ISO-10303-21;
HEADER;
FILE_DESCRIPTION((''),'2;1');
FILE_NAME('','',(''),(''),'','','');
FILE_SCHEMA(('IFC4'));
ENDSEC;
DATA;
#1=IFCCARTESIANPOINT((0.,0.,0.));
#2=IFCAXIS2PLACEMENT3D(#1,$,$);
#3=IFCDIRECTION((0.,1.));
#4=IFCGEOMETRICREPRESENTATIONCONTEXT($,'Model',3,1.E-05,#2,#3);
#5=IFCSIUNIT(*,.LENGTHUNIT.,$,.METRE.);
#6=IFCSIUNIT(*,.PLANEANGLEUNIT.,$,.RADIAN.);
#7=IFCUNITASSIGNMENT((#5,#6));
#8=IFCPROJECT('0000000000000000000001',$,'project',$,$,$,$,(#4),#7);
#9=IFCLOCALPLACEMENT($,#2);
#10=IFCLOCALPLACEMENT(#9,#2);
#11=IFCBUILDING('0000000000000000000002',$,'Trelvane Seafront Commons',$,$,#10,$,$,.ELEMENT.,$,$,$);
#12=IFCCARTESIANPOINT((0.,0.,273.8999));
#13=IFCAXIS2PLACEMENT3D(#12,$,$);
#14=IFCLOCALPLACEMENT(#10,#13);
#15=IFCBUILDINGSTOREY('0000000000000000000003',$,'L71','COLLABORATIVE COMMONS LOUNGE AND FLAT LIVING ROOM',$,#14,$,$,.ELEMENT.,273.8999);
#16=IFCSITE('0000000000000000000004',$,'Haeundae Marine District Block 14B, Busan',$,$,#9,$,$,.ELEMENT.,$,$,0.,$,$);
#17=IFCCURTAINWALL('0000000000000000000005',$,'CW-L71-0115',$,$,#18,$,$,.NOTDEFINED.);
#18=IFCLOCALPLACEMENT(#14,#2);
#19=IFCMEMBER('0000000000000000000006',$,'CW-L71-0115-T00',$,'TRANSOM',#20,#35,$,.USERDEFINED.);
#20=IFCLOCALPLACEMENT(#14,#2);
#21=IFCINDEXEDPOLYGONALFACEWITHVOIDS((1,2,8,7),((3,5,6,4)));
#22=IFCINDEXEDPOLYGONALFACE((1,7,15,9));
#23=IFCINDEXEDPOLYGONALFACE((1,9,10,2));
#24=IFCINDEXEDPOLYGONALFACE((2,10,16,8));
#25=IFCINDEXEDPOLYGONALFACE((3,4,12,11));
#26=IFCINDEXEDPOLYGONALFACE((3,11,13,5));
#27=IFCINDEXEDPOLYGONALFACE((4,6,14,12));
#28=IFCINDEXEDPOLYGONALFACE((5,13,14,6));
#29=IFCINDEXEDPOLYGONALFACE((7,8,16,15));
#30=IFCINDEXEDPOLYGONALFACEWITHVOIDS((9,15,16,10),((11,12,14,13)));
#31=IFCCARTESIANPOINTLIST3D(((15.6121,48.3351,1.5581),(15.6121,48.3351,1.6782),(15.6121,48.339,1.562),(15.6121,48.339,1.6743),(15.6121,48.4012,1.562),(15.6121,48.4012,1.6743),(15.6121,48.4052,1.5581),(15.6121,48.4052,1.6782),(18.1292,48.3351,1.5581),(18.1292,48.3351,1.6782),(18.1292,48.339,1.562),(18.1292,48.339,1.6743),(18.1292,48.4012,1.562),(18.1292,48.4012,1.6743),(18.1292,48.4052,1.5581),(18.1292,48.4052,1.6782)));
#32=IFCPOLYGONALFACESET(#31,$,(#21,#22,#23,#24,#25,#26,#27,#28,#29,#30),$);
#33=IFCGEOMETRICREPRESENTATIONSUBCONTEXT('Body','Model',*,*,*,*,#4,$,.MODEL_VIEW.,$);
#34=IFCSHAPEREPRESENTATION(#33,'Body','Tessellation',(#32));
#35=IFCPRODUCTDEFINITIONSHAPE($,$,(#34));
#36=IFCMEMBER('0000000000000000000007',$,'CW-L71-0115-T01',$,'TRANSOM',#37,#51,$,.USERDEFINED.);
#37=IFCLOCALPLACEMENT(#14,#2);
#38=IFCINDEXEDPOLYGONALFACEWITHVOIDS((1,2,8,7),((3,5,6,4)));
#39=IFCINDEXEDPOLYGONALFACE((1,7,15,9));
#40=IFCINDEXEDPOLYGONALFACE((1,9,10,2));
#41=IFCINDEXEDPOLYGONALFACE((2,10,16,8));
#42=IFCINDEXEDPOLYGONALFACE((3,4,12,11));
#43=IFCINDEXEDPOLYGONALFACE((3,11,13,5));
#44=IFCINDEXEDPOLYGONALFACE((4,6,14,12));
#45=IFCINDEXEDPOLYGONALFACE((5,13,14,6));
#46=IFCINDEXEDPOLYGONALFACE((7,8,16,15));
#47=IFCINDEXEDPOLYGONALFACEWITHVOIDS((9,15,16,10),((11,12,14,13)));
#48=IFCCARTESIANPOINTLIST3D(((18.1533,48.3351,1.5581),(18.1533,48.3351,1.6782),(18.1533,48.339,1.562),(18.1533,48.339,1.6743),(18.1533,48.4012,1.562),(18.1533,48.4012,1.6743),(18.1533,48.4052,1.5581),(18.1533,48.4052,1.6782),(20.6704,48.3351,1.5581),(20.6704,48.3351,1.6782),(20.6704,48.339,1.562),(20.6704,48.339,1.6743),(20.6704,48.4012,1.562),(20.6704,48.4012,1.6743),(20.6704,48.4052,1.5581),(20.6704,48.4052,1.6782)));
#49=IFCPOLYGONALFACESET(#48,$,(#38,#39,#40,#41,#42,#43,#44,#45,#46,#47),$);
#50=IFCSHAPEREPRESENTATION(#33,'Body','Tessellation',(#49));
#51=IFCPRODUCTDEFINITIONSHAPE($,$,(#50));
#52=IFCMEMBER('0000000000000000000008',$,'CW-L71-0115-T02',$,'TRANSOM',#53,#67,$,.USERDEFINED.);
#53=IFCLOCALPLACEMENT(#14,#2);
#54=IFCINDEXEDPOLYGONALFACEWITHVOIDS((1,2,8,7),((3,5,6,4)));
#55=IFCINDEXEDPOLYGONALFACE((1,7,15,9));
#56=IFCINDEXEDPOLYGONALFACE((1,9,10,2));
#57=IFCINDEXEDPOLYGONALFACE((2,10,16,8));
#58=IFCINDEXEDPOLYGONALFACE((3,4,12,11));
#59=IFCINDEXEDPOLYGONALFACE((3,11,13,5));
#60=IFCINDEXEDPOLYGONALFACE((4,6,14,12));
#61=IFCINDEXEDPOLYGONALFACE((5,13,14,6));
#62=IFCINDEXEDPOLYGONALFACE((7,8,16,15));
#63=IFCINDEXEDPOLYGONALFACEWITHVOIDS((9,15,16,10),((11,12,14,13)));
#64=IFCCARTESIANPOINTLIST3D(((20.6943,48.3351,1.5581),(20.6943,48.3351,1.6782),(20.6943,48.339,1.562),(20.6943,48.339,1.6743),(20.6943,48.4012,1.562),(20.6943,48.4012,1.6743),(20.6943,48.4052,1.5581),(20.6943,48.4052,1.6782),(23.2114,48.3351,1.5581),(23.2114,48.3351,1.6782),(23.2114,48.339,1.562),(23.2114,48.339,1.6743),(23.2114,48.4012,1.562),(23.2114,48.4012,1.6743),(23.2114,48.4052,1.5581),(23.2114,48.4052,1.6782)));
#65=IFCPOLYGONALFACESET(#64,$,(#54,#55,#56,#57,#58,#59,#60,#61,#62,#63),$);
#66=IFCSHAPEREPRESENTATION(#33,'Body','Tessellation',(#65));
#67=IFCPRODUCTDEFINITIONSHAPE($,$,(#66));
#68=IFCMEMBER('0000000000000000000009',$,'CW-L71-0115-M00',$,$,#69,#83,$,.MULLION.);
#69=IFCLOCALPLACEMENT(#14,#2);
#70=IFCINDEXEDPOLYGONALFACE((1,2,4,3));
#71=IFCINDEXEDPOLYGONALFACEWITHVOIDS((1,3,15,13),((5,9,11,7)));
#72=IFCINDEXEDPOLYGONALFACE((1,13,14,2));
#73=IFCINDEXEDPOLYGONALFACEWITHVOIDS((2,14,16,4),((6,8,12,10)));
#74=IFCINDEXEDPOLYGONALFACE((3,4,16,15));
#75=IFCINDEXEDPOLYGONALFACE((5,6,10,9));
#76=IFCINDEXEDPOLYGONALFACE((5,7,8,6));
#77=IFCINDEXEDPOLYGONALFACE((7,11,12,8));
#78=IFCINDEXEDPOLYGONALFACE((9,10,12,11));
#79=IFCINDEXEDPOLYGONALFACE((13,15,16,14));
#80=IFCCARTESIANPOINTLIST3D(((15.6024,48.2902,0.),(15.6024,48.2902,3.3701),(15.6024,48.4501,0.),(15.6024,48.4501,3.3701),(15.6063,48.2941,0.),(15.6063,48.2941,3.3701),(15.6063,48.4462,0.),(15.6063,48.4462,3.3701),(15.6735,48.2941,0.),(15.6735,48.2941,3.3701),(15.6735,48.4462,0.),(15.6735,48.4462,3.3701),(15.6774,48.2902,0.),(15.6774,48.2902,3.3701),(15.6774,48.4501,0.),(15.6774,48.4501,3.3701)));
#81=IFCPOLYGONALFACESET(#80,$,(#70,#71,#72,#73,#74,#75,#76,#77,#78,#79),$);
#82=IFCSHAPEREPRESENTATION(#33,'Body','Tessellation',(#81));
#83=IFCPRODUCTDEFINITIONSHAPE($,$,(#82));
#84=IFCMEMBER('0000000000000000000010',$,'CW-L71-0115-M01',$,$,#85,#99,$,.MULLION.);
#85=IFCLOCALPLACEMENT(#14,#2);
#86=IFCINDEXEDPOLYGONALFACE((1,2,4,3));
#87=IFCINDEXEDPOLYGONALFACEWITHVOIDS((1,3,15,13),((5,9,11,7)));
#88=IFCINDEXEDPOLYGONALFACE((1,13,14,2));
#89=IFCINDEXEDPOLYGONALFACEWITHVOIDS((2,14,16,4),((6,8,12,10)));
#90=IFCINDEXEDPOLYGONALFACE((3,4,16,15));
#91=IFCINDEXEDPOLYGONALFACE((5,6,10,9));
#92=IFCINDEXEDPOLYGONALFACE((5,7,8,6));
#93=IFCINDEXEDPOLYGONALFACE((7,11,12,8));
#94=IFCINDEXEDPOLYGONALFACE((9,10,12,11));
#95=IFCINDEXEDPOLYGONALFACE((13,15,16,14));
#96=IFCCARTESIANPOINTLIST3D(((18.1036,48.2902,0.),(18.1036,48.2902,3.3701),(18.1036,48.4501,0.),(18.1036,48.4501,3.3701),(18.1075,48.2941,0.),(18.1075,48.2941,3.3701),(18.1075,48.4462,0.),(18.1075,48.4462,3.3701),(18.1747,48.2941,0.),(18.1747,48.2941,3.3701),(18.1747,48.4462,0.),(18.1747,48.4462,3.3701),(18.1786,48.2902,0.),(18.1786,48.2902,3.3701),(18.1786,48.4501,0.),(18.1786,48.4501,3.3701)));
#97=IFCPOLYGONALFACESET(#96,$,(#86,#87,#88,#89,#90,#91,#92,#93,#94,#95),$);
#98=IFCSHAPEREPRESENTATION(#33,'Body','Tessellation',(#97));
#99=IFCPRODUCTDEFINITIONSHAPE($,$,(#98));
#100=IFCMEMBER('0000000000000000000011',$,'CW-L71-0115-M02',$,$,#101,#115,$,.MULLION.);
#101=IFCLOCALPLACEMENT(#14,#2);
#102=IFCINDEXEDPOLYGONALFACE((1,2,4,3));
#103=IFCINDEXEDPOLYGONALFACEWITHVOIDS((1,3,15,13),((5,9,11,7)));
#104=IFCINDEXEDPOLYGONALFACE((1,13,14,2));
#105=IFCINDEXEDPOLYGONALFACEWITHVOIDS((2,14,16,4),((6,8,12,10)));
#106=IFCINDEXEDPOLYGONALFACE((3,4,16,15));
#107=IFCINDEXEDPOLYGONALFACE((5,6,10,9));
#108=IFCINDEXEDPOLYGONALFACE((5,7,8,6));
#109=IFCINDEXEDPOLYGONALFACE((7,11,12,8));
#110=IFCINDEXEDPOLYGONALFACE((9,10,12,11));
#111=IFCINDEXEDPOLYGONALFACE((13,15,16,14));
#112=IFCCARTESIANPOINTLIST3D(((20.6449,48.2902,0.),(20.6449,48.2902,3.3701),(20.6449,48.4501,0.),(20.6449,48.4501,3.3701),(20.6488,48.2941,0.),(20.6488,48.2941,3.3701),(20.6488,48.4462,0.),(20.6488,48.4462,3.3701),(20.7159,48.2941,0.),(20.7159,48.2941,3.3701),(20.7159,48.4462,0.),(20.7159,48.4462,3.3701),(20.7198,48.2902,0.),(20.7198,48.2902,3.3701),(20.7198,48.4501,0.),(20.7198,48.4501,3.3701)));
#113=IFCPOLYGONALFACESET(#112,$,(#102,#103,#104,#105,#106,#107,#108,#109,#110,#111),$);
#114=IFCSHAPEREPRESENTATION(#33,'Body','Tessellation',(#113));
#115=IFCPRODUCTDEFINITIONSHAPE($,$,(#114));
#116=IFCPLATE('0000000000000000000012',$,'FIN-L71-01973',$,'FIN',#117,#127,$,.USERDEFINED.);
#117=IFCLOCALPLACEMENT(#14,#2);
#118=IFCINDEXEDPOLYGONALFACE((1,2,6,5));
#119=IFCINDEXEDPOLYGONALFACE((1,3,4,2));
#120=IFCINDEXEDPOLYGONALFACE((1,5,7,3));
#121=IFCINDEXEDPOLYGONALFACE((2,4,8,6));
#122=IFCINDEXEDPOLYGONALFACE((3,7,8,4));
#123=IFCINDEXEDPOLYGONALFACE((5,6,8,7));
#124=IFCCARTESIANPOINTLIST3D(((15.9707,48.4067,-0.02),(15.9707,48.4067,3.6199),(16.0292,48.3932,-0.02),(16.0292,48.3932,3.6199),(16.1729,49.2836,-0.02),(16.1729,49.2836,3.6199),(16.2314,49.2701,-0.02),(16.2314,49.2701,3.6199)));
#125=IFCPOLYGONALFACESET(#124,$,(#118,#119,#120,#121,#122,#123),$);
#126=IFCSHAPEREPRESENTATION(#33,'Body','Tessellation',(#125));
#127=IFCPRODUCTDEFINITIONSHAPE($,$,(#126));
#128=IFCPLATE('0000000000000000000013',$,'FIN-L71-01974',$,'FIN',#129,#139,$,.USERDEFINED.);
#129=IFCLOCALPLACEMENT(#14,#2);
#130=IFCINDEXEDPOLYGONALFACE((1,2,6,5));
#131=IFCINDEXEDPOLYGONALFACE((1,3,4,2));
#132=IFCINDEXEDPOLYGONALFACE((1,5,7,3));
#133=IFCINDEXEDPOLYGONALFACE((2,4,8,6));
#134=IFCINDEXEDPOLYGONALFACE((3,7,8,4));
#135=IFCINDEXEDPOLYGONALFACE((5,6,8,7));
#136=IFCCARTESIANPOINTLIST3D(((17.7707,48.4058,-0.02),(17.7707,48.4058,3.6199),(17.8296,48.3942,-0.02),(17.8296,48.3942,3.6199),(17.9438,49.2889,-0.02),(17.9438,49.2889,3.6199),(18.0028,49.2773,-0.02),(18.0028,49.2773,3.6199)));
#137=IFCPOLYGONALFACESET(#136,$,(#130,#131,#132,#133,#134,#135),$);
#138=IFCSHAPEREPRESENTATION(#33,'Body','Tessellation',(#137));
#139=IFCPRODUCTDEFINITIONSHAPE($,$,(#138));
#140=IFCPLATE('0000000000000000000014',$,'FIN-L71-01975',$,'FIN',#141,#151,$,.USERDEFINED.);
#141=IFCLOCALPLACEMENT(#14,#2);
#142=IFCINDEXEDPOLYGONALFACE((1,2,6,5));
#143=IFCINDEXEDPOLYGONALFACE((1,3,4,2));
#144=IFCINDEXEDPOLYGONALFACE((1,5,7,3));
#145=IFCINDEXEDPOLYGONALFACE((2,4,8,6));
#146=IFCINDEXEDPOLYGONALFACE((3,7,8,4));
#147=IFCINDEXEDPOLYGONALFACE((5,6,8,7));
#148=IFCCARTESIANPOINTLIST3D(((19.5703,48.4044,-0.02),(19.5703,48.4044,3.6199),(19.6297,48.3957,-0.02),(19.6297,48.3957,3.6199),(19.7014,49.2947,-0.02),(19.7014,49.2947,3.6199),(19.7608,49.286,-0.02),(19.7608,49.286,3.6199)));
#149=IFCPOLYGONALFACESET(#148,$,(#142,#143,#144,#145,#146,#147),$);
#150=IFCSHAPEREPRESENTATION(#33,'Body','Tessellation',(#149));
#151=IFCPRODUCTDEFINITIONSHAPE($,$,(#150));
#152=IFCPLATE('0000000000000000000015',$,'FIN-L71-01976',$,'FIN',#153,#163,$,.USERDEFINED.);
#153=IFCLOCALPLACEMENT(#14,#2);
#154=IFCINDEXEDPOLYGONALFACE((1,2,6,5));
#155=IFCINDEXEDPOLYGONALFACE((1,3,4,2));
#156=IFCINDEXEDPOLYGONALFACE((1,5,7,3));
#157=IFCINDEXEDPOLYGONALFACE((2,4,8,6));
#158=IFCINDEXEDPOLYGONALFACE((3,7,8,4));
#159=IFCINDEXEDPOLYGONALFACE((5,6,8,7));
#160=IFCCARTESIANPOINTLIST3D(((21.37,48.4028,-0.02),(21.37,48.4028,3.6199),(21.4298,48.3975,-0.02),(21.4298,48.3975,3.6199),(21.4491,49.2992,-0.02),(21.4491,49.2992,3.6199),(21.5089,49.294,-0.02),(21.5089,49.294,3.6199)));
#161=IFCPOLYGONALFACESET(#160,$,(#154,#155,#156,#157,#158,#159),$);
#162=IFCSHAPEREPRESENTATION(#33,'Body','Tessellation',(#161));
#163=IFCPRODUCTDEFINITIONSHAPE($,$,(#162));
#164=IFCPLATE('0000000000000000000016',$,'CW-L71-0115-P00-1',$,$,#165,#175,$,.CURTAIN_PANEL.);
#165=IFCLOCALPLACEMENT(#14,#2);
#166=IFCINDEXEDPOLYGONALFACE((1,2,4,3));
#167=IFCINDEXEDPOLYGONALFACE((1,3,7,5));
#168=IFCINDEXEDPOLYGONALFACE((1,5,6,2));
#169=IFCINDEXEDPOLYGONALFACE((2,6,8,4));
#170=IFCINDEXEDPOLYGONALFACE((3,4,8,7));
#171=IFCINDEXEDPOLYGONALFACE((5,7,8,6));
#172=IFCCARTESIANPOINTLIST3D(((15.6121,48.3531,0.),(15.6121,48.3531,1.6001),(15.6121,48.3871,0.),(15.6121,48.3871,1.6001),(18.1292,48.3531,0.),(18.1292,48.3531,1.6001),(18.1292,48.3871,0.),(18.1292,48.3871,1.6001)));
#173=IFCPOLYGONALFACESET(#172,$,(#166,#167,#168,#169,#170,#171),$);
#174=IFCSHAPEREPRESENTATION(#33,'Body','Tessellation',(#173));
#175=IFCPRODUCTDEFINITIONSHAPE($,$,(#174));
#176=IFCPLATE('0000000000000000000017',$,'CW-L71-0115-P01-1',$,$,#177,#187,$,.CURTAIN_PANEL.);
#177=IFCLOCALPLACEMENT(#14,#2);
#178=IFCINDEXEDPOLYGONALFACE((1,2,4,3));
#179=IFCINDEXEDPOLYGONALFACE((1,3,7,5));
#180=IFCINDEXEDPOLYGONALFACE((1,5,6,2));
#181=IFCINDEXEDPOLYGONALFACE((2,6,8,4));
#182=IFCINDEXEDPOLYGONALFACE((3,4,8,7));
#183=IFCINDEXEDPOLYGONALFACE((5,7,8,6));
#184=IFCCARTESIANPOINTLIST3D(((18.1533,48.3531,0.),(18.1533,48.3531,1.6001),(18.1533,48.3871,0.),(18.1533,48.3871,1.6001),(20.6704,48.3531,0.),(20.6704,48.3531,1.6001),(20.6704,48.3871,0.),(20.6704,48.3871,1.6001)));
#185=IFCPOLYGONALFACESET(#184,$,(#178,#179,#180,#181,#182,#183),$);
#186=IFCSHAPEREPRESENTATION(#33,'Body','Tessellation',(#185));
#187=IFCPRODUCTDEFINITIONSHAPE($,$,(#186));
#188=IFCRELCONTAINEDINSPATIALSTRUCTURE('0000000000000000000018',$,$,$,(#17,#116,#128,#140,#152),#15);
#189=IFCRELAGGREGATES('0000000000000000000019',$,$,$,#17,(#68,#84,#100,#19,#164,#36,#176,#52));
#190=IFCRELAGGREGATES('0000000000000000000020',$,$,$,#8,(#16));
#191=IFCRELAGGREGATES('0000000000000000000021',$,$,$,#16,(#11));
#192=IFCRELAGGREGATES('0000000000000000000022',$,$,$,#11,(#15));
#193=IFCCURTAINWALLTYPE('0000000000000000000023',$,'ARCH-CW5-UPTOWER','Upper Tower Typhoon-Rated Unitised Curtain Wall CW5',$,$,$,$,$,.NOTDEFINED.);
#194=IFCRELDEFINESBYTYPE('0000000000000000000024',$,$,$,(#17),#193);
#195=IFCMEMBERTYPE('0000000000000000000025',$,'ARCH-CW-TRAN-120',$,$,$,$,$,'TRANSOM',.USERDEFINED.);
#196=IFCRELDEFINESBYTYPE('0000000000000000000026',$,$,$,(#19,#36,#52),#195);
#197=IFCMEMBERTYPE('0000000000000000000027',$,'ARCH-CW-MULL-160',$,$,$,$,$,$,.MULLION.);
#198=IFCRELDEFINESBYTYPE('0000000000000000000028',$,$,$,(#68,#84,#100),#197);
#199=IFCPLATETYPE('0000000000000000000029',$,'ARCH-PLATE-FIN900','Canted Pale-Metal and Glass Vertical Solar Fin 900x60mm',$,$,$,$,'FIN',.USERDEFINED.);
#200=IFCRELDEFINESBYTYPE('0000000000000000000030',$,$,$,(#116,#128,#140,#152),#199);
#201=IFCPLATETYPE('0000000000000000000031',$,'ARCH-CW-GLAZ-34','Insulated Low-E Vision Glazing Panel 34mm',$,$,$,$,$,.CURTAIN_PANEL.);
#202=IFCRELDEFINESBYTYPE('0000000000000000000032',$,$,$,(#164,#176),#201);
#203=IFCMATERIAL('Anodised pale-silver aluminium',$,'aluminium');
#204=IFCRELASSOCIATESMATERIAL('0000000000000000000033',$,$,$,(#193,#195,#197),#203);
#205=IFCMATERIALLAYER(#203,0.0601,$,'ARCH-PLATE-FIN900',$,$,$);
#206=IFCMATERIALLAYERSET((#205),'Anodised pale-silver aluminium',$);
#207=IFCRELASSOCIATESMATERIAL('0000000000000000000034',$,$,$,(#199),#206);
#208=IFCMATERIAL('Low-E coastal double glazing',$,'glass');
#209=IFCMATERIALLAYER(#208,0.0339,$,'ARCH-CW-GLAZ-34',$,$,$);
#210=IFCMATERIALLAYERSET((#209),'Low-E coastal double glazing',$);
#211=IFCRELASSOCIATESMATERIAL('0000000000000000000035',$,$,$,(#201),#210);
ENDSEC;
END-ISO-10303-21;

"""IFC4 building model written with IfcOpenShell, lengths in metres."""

from ifc_helpers import new_model, si_unit, direction, frame, origin, origin_2d, place, context, subcontext, project, spatial, rectangle, hollow_rectangle, extrude, source, transform, mapped, material, layer, layer_set, material_profile, profile_set, type_object, element, aggregate, save


model = new_model("IFC4")

# Units and contexts
model_context = context("Model", 3, precision=1e-05, world=origin(), true_north=direction((0.0, 1.0)))
body_context = subcontext(model_context, "Body", "Model", "MODEL_VIEW")
ifc_project = project(units=[si_unit("LENGTHUNIT", "METRE"), si_unit("PLANEANGLEUNIT", "RADIAN")], contexts=[model_context])

# Site, building, storey
site_placement = place(None, origin())
site = spatial("IfcSite", under=ifc_project, at=site_placement, Name="Haeundae Marine District Block 14B, Busan", CompositionType="ELEMENT", RefElevation=0.0)
building_placement = place(site_placement, origin())
building = spatial("IfcBuilding", under=site, at=building_placement, Name="Trelvane Seafront Commons", CompositionType="ELEMENT")
storey_placement = place(building_placement, frame((0.0, 0.0, 273.8999)))
storey = spatial("IfcBuildingStorey", under=building, at=storey_placement, Name="L71", Description="COLLABORATIVE COMMONS LOUNGE AND FLAT LIVING ROOM", CompositionType="ELEMENT", Elevation=273.8999)

# Curtain wall, members
ifc_material_1 = material(Name="Anodised pale-silver aluminium", Category="aluminium")
curtain_wall_type = type_object("IfcCurtainWallType", Name="ARCH-CW5-UPTOWER", Description="Upper Tower Typhoon-Rated Unitised Curtain Wall CW5", PredefinedType="NOTDEFINED", material=ifc_material_1)
curtain_wall_placement = place(storey_placement, origin())
curtain_wall = element("IfcCurtainWall", 1, at=curtain_wall_placement, inside=storey, type_object=curtain_wall_type, Name="CW-L71-0115", PredefinedType="NOTDEFINED")
ifc_material_profile_1 = material_profile(ifc_material_1, hollow_rectangle(XDim=0.0701, YDim=0.1201, WallThickness=0.0039, at=origin_2d()), Name="TRAN-70x120x4")
ifc_profile_set_1 = profile_set([ifc_material_profile_1], Name="Anodised pale-silver aluminium")
member_type_1 = type_object("IfcMemberType", Name="ARCH-CW-TRAN-120", ElementType="TRANSOM", PredefinedType="USERDEFINED", material=ifc_profile_set_1)
shared_shape_1 = source(origin(), body_context, "Body", "SweptSolid", [
    extrude(hollow_rectangle(XDim=0.0701, YDim=0.1201, WallThickness=0.0039, at=origin_2d()), origin(), (0.0, 0.0, 1.0), 2.5171),
])
member_1_placement = place(storey_placement, frame((15.6121, 48.3701, 1.6182), z_axis=(1.0, 0.0, 0.0), x_axis=(0.0, 1.0, 0.0)))
member_1 = element("IfcMember", 2, at=member_1_placement, type_object=member_type_1, Name="CW-L71-0115-T00", ObjectType="TRANSOM", PredefinedType="USERDEFINED", context=body_context, shape_type="MappedRepresentation", body=[
    mapped(shared_shape_1, transform((0.0, 0.0, 0.0), x_axis=(1.0, 0.0, 0.0), y_axis=(0.0, 1.0, 0.0), z_axis=(0.0, 0.0, 1.0), scale=1.0)),
])
member_2_placement = place(storey_placement, frame((18.1533, 48.3701, 1.6182), z_axis=(1.0, 0.0, 0.0), x_axis=(0.0, 1.0, 0.0)))
member_2 = element("IfcMember", 3, at=member_2_placement, type_object=member_type_1, Name="CW-L71-0115-T01", ObjectType="TRANSOM", PredefinedType="USERDEFINED", context=body_context, shape_type="MappedRepresentation", body=[
    mapped(shared_shape_1, transform((0.0, 0.0, 0.0), x_axis=(1.0, 0.0, 0.0), y_axis=(0.0, 1.0, 0.0), z_axis=(0.0, 0.0, 1.0), scale=1.0)),
])
member_3_placement = place(storey_placement, frame((20.6943, 48.3701, 1.6182), z_axis=(1.0, 0.0, 0.0), x_axis=(0.0, 1.0, 0.0)))
member_3 = element("IfcMember", 4, at=member_3_placement, type_object=member_type_1, Name="CW-L71-0115-T02", ObjectType="TRANSOM", PredefinedType="USERDEFINED", context=body_context, shape_type="MappedRepresentation", body=[
    mapped(shared_shape_1, transform((0.0, 0.0, 0.0), x_axis=(1.0, 0.0, 0.0), y_axis=(0.0, 1.0, 0.0), z_axis=(0.0, 0.0, 1.0), scale=1.0)),
])
ifc_material_profile_2 = material_profile(ifc_material_1, hollow_rectangle(XDim=0.075, YDim=0.1599, WallThickness=0.0039, at=origin_2d()), Name="MULL-75x160x4")
ifc_profile_set_2 = profile_set([ifc_material_profile_2], Name="Anodised pale-silver aluminium")
member_type_2 = type_object("IfcMemberType", Name="ARCH-CW-MULL-160", PredefinedType="MULLION", material=ifc_profile_set_2)
shared_shape_2 = source(origin(), body_context, "Body", "SweptSolid", [
    extrude(hollow_rectangle(XDim=0.075, YDim=0.1599, WallThickness=0.0039, at=origin_2d()), origin(), (0.0, 0.0, 1.0), 3.3701),
])
member_4_placement = place(storey_placement, frame((15.6399, 48.3701, 0.0), z_axis=(0.0, 0.0, 1.0), x_axis=(1.0, 0.0, 0.0)))
member_4 = element("IfcMember", 5, at=member_4_placement, type_object=member_type_2, Name="CW-L71-0115-M00", PredefinedType="MULLION", context=body_context, shape_type="MappedRepresentation", body=[
    mapped(shared_shape_2, transform((0.0, 0.0, 0.0), x_axis=(1.0, 0.0, 0.0), y_axis=(0.0, 1.0, 0.0), z_axis=(0.0, 0.0, 1.0), scale=1.0)),
])
member_5_placement = place(storey_placement, frame((18.1411, 48.3701, 0.0), z_axis=(0.0, 0.0, 1.0), x_axis=(1.0, 0.0, 0.0)))
member_5 = element("IfcMember", 6, at=member_5_placement, type_object=member_type_2, Name="CW-L71-0115-M01", PredefinedType="MULLION", context=body_context, shape_type="MappedRepresentation", body=[
    mapped(shared_shape_2, transform((0.0, 0.0, 0.0), x_axis=(1.0, 0.0, 0.0), y_axis=(0.0, 1.0, 0.0), z_axis=(0.0, 0.0, 1.0), scale=1.0)),
])
member_6_placement = place(storey_placement, frame((20.6824, 48.3701, 0.0), z_axis=(0.0, 0.0, 1.0), x_axis=(1.0, 0.0, 0.0)))
member_6 = element("IfcMember", 7, at=member_6_placement, type_object=member_type_2, Name="CW-L71-0115-M02", PredefinedType="MULLION", context=body_context, shape_type="MappedRepresentation", body=[
    mapped(shared_shape_2, transform((0.0, 0.0, 0.0), x_axis=(1.0, 0.0, 0.0), y_axis=(0.0, 1.0, 0.0), z_axis=(0.0, 0.0, 1.0), scale=1.0)),
])

# Plates
ifc_layer_1 = layer(ifc_material_1, 0.0601, Name="ARCH-PLATE-FIN900")
ifc_layer_set_1 = layer_set([ifc_layer_1], Name="Anodised pale-silver aluminium")
plate_type_1 = type_object("IfcPlateType", Name="ARCH-PLATE-FIN900", Description="Canted Pale-Metal and Glass Vertical Solar Fin 900x60mm", ElementType="FIN", PredefinedType="USERDEFINED", material=ifc_layer_set_1)
shared_shape_3 = source(origin(), body_context, "Body", "SweptSolid", [
    extrude(rectangle(XDim=0.8999, YDim=0.0601, at=origin_2d()), origin(), (0.0, 0.0, 1.0), 3.6399),
])
for number, where, z_axis, x_axis, name in (
    (8, (16.1011, 48.8384, -0.02), (0.0, 0.0, 1.0), (0.224665, 0.974436, 0.0), "FIN-L71-01973"),
    (9, (17.8867, 48.8416, -0.02), (0.0, 0.0, 1.0), (0.19244, 0.981309, 0.0), "FIN-L71-01974"),
    (10, (19.6655, 48.8452, -0.02), (0.0, 0.0, 1.0), (0.145667, 0.989334, 0.0), "FIN-L71-01975"),
    (11, (21.4395, 48.8484, -0.02), (0.0, 0.0, 1.0), (0.087891, 0.99613, 0.0), "FIN-L71-01976"),
):
    element("IfcPlate", number, at=place(storey_placement, frame(where, z_axis=z_axis, x_axis=x_axis)), inside=storey, type_object=plate_type_1, Name=name, ObjectType="FIN", PredefinedType="USERDEFINED", context=body_context, shape_type="MappedRepresentation", body=[
        mapped(shared_shape_3, transform((0.0, 0.0, 0.0), x_axis=(1.0, 0.0, 0.0), y_axis=(0.0, 1.0, 0.0), z_axis=(0.0, 0.0, 1.0), scale=1.0)),
    ])

# Plates
ifc_material_2 = material(Name="Low-E coastal double glazing", Category="glass")
ifc_layer_2 = layer(ifc_material_2, 0.0339, Name="ARCH-CW-GLAZ-34")
ifc_layer_set_2 = layer_set([ifc_layer_2], Name="Low-E coastal double glazing")
plate_type_2 = type_object("IfcPlateType", Name="ARCH-CW-GLAZ-34", Description="Insulated Low-E Vision Glazing Panel 34mm", PredefinedType="CURTAIN_PANEL", material=ifc_layer_set_2)
shared_shape_4 = source(origin(), body_context, "Body", "SweptSolid", [
    extrude(rectangle(XDim=2.5171, YDim=0.0339, at=origin_2d()), origin(), (0.0, 0.0, 1.0), 1.6001),
])
plate_1_placement = place(storey_placement, frame((16.8706, 48.3701, 0.0), z_axis=(0.0, 0.0, 1.0), x_axis=(1.0, 0.0, 0.0)))
plate_1 = element("IfcPlate", 12, at=plate_1_placement, type_object=plate_type_2, Name="CW-L71-0115-P00-1", PredefinedType="CURTAIN_PANEL", context=body_context, shape_type="MappedRepresentation", body=[
    mapped(shared_shape_4, transform((0.0, 0.0, 0.0), x_axis=(1.0, 0.0, 0.0), y_axis=(0.0, 1.0, 0.0), z_axis=(0.0, 0.0, 1.0), scale=1.0)),
])
plate_2_placement = place(storey_placement, frame((19.4119, 48.3701, 0.0), z_axis=(0.0, 0.0, 1.0), x_axis=(1.0, 0.0, 0.0)))
plate_2 = element("IfcPlate", 13, at=plate_2_placement, type_object=plate_type_2, Name="CW-L71-0115-P01-1", PredefinedType="CURTAIN_PANEL", context=body_context, shape_type="MappedRepresentation", body=[
    mapped(shared_shape_4, transform((0.0, 0.0, 0.0), x_axis=(1.0, 0.0, 0.0), y_axis=(0.0, 1.0, 0.0), z_axis=(0.0, 0.0, 1.0), scale=1.0)),
])
aggregate(curtain_wall, [member_4, member_5, member_6, member_1, plate_1, member_2, plate_2, member_3])

save(model, "model.ifc")
